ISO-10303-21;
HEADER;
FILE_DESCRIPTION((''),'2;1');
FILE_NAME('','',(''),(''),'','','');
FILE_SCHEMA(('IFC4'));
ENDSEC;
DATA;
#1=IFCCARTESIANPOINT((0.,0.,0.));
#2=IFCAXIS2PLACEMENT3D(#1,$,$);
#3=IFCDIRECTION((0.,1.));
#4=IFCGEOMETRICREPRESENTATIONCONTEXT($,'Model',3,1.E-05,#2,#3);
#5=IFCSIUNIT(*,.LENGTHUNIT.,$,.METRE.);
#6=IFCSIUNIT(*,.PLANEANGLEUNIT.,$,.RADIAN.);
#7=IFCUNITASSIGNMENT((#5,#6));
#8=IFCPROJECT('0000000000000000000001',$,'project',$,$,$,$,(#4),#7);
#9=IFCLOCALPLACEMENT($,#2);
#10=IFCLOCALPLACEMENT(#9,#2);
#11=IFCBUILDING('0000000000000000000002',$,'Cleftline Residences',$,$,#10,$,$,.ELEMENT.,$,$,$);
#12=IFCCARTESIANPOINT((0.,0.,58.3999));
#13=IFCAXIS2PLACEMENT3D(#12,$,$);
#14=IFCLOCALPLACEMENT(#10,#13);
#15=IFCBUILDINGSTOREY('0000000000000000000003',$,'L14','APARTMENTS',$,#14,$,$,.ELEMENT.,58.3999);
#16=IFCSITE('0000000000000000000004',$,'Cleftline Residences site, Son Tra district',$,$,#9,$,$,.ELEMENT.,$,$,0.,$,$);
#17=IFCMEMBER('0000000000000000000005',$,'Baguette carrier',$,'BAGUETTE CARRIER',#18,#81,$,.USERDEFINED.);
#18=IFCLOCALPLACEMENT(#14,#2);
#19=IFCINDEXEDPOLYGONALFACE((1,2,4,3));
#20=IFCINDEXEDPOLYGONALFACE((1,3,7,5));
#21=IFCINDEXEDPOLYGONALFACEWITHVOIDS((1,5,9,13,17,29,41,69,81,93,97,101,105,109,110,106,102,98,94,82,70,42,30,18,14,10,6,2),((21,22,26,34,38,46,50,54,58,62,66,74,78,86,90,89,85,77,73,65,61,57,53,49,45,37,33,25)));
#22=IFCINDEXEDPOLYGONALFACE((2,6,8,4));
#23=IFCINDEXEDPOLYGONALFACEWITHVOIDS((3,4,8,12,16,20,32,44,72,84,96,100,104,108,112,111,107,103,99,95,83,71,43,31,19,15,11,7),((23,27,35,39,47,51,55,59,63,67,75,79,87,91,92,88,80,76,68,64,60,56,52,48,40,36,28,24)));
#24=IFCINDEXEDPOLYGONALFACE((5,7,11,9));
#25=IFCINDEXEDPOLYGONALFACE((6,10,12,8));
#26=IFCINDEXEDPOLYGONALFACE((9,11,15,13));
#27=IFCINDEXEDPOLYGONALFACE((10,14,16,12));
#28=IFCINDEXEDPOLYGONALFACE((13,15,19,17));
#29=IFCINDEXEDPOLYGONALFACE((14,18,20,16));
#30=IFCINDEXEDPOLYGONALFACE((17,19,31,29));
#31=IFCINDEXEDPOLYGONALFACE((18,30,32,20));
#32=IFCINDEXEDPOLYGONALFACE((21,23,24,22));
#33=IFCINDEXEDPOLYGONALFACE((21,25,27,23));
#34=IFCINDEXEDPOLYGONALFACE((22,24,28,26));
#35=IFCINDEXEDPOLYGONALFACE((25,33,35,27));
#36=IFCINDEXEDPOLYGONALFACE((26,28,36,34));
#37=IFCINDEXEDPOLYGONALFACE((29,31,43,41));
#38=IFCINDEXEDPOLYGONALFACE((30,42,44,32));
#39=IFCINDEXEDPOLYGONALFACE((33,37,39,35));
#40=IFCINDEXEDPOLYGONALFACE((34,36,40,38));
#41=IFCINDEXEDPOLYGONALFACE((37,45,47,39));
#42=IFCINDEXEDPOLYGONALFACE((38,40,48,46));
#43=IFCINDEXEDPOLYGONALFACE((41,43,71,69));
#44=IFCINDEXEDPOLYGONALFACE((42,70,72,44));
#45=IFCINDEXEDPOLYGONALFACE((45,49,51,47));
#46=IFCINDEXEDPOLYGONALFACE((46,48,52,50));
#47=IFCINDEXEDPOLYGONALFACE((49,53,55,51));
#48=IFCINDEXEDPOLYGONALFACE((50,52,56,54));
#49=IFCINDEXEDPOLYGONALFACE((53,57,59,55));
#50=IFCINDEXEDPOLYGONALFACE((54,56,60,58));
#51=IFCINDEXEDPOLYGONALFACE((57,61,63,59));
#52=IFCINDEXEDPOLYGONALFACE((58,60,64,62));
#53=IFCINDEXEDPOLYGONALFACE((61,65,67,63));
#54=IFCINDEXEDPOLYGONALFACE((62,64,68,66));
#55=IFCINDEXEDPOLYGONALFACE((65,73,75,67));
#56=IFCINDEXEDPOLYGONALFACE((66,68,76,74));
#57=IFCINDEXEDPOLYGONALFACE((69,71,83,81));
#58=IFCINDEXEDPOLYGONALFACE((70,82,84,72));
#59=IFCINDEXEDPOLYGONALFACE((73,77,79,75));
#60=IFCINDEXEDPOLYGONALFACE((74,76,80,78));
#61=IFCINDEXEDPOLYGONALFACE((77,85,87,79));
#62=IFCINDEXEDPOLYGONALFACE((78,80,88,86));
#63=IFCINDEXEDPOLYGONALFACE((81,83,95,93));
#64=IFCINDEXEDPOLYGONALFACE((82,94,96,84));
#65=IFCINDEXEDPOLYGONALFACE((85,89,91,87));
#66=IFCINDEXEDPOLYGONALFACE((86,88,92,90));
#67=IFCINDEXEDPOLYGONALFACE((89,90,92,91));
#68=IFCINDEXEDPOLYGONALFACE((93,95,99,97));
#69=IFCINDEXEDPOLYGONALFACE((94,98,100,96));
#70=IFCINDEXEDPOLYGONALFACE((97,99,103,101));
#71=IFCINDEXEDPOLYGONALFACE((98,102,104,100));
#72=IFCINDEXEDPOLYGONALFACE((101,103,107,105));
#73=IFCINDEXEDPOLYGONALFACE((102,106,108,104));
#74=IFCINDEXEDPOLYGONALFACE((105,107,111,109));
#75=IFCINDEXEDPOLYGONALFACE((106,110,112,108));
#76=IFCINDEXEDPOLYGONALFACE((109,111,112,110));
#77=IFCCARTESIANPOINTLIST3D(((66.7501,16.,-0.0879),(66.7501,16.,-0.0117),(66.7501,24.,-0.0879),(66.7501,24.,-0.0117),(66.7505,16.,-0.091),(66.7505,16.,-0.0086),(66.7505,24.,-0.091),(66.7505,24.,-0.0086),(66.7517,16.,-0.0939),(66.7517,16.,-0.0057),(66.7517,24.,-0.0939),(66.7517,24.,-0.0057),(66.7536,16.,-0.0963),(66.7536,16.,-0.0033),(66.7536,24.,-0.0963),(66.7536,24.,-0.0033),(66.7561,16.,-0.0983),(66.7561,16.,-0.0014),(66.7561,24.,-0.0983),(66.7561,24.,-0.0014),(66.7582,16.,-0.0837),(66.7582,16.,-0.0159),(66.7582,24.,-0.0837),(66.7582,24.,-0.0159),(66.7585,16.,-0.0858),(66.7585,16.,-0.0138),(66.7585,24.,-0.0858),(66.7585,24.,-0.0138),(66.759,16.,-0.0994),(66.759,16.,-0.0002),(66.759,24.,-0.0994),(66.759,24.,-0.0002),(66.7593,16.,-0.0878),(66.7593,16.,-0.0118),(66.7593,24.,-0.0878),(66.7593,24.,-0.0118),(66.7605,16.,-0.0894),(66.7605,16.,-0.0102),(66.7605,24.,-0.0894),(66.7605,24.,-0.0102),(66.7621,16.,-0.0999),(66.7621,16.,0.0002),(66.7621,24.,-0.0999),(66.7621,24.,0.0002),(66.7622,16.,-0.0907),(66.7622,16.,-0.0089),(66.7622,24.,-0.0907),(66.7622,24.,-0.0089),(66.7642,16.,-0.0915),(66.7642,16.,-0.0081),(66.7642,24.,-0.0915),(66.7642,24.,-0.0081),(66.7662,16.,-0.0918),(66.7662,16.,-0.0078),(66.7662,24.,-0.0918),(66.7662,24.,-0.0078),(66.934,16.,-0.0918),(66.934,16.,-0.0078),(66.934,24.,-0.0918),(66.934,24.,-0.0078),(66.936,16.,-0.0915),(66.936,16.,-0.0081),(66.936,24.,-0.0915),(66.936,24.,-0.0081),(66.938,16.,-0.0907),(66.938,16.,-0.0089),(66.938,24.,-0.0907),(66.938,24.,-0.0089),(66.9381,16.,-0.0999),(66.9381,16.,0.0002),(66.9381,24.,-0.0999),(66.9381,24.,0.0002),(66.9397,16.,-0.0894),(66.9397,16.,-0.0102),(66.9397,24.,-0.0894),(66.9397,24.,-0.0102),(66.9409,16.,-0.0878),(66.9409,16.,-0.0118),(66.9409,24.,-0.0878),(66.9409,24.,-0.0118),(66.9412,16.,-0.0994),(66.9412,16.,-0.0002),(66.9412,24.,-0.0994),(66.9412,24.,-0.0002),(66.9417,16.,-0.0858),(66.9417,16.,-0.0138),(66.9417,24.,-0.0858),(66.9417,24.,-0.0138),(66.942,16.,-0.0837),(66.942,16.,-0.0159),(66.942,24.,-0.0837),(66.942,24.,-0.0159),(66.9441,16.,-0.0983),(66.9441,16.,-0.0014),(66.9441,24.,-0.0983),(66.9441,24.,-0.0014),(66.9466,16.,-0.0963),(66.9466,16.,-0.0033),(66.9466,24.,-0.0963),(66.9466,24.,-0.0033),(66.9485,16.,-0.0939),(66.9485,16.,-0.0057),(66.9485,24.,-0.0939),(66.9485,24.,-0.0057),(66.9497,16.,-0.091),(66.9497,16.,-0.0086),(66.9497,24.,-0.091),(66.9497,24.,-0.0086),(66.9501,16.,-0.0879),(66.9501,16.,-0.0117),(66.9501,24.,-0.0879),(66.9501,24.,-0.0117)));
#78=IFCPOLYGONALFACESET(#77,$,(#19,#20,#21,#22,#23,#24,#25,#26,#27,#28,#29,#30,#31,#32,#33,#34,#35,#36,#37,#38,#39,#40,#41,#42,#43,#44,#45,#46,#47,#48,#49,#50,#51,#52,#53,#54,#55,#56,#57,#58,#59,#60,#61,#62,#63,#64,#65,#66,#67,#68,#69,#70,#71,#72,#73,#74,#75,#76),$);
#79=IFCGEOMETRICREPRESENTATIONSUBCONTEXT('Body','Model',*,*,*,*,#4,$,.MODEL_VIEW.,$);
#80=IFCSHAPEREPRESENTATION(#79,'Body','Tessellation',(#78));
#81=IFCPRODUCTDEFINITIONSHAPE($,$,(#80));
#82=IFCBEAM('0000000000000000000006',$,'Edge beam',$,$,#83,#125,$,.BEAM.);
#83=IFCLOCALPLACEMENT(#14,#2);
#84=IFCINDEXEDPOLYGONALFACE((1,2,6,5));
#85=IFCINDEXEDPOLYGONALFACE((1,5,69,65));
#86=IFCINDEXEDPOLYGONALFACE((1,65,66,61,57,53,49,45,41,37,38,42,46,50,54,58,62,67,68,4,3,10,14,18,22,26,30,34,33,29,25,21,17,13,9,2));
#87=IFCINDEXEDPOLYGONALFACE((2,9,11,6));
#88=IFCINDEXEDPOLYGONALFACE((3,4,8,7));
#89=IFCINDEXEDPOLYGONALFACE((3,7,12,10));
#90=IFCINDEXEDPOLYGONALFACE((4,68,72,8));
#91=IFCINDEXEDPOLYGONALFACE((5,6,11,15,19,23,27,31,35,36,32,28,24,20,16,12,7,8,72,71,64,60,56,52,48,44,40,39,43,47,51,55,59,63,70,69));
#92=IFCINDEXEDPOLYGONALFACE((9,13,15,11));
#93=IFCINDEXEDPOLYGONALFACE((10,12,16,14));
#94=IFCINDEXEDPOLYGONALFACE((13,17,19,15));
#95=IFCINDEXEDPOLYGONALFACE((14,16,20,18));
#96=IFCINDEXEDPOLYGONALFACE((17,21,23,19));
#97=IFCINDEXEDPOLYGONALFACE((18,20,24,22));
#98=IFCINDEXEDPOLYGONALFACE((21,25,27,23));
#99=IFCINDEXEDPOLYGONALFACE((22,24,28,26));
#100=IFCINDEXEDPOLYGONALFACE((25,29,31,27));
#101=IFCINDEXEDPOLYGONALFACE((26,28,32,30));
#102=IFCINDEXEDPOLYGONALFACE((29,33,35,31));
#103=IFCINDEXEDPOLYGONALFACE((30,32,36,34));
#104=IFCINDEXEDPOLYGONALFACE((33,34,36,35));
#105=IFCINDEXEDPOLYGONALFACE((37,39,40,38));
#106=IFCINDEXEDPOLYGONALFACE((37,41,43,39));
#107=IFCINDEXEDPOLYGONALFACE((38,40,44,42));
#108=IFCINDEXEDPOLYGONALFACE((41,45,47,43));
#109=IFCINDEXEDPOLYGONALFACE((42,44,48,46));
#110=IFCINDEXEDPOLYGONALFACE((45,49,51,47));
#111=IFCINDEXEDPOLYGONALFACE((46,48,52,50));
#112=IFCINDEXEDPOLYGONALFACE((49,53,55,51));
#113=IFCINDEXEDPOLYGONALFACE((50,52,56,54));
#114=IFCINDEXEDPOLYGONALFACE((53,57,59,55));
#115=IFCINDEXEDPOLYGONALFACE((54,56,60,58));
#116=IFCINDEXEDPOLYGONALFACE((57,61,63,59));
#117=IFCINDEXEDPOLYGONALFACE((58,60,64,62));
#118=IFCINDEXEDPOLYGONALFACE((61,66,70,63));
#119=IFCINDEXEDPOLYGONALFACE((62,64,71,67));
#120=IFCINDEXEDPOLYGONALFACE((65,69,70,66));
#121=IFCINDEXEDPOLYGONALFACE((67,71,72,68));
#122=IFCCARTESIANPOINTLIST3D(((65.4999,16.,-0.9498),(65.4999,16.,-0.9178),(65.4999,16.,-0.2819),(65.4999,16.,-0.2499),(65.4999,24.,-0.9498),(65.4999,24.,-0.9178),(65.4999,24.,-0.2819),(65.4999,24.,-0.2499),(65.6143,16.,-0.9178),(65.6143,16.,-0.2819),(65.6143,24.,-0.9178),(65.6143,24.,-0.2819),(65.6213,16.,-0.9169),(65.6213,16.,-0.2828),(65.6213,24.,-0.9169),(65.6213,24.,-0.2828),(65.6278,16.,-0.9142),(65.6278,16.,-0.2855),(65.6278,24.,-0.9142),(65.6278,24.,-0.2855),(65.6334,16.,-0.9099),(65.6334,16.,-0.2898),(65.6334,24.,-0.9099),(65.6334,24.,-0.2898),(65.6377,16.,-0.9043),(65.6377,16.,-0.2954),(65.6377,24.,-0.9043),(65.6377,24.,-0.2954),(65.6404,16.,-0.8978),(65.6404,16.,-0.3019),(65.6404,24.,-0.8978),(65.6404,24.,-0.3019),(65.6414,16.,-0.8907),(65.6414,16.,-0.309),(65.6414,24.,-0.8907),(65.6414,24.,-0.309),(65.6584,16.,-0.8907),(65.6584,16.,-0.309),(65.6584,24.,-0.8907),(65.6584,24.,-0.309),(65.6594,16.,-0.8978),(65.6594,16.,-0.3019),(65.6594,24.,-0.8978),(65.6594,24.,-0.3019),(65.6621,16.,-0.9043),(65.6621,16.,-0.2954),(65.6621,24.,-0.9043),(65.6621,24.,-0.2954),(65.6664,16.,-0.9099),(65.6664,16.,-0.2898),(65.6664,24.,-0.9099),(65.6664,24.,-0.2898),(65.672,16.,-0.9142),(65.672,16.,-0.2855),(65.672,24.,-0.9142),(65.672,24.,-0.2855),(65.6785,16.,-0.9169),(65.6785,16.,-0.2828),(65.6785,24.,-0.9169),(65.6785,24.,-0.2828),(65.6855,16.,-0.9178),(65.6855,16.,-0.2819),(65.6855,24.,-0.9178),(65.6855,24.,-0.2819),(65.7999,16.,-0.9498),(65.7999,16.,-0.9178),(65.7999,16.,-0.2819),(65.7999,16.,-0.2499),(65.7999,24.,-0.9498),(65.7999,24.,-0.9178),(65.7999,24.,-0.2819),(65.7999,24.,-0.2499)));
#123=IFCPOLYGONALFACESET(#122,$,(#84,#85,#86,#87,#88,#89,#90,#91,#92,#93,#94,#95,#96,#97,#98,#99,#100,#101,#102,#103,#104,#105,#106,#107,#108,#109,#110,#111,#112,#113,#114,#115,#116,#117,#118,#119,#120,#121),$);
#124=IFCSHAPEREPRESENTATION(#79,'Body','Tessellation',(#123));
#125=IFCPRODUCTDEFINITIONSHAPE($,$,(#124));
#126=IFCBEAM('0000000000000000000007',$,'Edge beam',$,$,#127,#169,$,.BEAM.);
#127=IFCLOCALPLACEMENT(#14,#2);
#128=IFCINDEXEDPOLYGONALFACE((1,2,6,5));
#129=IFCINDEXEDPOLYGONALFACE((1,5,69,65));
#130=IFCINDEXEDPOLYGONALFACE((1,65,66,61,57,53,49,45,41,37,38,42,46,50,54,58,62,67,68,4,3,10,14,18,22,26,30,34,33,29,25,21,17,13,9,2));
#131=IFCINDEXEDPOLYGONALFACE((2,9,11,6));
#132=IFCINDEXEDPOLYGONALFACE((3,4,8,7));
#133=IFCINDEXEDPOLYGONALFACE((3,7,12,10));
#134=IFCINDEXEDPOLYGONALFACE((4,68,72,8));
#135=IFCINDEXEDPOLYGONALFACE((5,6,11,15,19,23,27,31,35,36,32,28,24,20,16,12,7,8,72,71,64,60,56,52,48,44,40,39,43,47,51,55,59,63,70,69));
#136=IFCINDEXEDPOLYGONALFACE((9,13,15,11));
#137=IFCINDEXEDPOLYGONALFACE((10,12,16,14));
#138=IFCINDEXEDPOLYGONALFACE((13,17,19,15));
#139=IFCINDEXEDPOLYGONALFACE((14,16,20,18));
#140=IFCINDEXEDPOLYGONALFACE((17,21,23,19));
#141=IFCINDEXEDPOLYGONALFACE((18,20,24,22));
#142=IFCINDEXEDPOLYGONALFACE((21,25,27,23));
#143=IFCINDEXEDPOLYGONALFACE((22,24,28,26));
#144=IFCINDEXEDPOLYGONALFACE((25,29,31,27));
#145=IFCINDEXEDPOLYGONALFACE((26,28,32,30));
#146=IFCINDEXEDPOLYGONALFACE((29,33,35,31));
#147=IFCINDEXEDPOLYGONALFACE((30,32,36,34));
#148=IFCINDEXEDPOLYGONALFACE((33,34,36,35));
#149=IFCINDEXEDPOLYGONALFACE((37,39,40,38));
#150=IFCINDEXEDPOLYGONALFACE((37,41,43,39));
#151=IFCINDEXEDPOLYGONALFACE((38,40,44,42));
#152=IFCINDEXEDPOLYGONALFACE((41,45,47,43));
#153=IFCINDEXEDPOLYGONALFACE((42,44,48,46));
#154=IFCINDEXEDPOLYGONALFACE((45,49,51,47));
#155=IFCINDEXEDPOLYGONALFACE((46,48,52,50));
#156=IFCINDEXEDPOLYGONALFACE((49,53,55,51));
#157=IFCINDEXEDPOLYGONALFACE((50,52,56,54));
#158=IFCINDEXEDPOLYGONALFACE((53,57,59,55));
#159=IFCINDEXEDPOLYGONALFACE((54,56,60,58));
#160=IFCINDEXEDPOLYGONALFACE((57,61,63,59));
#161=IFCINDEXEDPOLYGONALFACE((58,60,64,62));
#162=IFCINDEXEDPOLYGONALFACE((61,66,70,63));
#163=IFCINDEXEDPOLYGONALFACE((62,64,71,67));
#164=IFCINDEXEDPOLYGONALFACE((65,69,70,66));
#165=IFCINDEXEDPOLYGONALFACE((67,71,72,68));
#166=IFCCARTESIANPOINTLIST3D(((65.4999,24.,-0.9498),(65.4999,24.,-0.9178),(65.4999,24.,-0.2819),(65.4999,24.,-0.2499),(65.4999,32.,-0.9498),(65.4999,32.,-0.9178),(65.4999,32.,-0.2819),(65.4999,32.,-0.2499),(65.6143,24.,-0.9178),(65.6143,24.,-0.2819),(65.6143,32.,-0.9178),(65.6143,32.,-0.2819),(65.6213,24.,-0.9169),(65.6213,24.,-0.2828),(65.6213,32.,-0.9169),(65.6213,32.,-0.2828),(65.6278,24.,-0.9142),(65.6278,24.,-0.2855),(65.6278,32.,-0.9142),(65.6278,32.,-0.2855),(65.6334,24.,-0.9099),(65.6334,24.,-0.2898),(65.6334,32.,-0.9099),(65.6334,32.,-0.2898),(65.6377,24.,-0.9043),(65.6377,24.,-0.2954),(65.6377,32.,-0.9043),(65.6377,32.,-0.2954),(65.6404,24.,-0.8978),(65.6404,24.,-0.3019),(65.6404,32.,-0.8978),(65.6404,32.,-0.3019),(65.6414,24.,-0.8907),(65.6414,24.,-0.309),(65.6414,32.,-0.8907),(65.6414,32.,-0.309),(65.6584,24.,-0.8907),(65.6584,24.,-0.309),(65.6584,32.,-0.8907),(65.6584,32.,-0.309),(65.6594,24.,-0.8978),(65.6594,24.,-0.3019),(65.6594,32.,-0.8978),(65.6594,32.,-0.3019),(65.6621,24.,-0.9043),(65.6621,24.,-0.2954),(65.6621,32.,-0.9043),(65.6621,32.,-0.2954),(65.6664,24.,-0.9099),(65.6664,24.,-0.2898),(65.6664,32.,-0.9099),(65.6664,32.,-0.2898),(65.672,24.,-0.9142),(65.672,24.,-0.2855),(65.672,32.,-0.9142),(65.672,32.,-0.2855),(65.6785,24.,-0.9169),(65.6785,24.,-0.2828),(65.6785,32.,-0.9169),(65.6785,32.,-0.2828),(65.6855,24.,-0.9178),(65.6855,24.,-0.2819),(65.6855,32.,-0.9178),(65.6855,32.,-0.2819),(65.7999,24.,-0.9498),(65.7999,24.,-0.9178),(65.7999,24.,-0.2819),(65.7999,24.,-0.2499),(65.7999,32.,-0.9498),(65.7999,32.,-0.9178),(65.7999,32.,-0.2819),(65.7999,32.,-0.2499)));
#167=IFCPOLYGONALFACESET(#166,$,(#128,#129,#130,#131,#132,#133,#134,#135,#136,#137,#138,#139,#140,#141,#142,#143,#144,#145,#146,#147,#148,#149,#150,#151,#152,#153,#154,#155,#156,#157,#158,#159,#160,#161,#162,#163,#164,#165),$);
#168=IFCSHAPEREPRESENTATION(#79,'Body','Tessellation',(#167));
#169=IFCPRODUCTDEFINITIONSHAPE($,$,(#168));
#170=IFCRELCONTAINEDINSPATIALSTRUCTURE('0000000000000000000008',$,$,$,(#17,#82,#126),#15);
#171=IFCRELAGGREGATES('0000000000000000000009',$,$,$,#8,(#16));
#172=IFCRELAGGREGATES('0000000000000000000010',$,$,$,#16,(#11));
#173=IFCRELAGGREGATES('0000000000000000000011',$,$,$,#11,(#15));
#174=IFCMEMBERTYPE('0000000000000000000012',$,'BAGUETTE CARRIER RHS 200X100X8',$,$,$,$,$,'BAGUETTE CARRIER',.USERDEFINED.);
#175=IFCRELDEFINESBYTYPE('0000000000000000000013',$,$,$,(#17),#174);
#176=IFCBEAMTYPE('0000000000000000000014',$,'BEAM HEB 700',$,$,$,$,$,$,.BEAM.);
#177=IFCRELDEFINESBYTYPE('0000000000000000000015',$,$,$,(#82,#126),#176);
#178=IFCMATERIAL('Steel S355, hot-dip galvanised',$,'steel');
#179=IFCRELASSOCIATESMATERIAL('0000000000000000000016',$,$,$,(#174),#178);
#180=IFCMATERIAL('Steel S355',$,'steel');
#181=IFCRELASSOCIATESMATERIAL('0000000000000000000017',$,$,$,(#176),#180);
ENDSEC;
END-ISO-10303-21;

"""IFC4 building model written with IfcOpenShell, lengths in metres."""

from ifc_helpers import new_model, si_unit, direction, frame, origin, origin_2d, place, context, subcontext, project, spatial, hollow_rectangle, i_section, extrude, material, material_profile, profile_set, type_object, element, save


model = new_model("IFC4")

# Units and contexts
model_context = context("Model", 3, precision=1e-05, world=origin(), true_north=direction((0.0, 1.0)))
body_context = subcontext(model_context, "Body", "Model", "MODEL_VIEW")
ifc_project = project(units=[si_unit("LENGTHUNIT", "METRE"), si_unit("PLANEANGLEUNIT", "RADIAN")], contexts=[model_context])

# Site, building, storey
site_placement = place(None, origin())
site = spatial("IfcSite", under=ifc_project, at=site_placement, Name="Cleftline Residences site, Son Tra district", CompositionType="ELEMENT", RefElevation=0.0)
building_placement = place(site_placement, origin())
building = spatial("IfcBuilding", under=site, at=building_placement, Name="Cleftline Residences", CompositionType="ELEMENT")
storey_placement = place(building_placement, frame((0.0, 0.0, 58.3999)))
storey = spatial("IfcBuildingStorey", under=building, at=storey_placement, Name="L14", Description="APARTMENTS", CompositionType="ELEMENT", Elevation=58.3999)

# Member
ifc_material_1 = material(Name="Steel S355, hot-dip galvanised", Category="steel")
ifc_material_profile_1 = material_profile(ifc_material_1, hollow_rectangle(XDim=0.1001, YDim=0.2, WallThickness=0.0081, InnerFilletRadius=0.0081, OuterFilletRadius=0.012, at=origin_2d()))
ifc_profile_set_1 = profile_set([ifc_material_profile_1], Name="Steel S355, hot-dip galvanised")
member_type_1 = type_object("IfcMemberType", Name="BAGUETTE CARRIER RHS 200X100X8", ElementType="BAGUETTE CARRIER", PredefinedType="USERDEFINED", material=ifc_profile_set_1)
member_1_placement = place(storey_placement, frame((66.8501, 16.0, -0.0498), z_axis=(0.0, 1.0, 0.0), x_axis=(0.0, 0.0, 1.0)))
element("IfcMember", 1, at=member_1_placement, inside=storey, type_object=member_type_1, Name="Baguette carrier", ObjectType="BAGUETTE CARRIER", PredefinedType="USERDEFINED", context=body_context, shape_type="SweptSolid", body=[
    extrude(hollow_rectangle(XDim=0.1001, YDim=0.2, WallThickness=0.0081, InnerFilletRadius=0.0081, OuterFilletRadius=0.012, at=origin_2d()), origin(), (0.0, 0.0, 1.0), 8.0),
])

# Beams
ifc_material_2 = material(Name="Steel S355", Category="steel")
ifc_material_profile_2 = material_profile(ifc_material_2, i_section(OverallWidth=0.3, OverallDepth=0.7, WebThickness=0.0171, FlangeThickness=0.032, FilletRadius=0.0271, at=origin_2d()))
ifc_profile_set_2 = profile_set([ifc_material_profile_2], Name="Steel S355")
beam_type_1 = type_object("IfcBeamType", Name="BEAM HEB 700", PredefinedType="BEAM", material=ifc_profile_set_2)
for number, where, z_axis, x_axis, name in (
    (2, (65.6499, 16.0, -0.5999), (0.0, 1.0, 0.0), (-1.0, 0.0, 0.0), "Edge beam"),
    (3, (65.6499, 24.0, -0.5999), (0.0, 1.0, 0.0), (-1.0, 0.0, 0.0), "Edge beam"),
):
    element("IfcBeam", number, at=place(storey_placement, frame(where, z_axis=z_axis, x_axis=x_axis)), inside=storey, type_object=beam_type_1, Name=name, PredefinedType="BEAM", context=body_context, shape_type="SweptSolid", body=[
        extrude(i_section(OverallWidth=0.3, OverallDepth=0.7, WebThickness=0.0171, FlangeThickness=0.032, FilletRadius=0.0271, at=origin_2d()), origin(), (0.0, 0.0, 1.0), 8.0),
    ])

save(model, "model.ifc")
